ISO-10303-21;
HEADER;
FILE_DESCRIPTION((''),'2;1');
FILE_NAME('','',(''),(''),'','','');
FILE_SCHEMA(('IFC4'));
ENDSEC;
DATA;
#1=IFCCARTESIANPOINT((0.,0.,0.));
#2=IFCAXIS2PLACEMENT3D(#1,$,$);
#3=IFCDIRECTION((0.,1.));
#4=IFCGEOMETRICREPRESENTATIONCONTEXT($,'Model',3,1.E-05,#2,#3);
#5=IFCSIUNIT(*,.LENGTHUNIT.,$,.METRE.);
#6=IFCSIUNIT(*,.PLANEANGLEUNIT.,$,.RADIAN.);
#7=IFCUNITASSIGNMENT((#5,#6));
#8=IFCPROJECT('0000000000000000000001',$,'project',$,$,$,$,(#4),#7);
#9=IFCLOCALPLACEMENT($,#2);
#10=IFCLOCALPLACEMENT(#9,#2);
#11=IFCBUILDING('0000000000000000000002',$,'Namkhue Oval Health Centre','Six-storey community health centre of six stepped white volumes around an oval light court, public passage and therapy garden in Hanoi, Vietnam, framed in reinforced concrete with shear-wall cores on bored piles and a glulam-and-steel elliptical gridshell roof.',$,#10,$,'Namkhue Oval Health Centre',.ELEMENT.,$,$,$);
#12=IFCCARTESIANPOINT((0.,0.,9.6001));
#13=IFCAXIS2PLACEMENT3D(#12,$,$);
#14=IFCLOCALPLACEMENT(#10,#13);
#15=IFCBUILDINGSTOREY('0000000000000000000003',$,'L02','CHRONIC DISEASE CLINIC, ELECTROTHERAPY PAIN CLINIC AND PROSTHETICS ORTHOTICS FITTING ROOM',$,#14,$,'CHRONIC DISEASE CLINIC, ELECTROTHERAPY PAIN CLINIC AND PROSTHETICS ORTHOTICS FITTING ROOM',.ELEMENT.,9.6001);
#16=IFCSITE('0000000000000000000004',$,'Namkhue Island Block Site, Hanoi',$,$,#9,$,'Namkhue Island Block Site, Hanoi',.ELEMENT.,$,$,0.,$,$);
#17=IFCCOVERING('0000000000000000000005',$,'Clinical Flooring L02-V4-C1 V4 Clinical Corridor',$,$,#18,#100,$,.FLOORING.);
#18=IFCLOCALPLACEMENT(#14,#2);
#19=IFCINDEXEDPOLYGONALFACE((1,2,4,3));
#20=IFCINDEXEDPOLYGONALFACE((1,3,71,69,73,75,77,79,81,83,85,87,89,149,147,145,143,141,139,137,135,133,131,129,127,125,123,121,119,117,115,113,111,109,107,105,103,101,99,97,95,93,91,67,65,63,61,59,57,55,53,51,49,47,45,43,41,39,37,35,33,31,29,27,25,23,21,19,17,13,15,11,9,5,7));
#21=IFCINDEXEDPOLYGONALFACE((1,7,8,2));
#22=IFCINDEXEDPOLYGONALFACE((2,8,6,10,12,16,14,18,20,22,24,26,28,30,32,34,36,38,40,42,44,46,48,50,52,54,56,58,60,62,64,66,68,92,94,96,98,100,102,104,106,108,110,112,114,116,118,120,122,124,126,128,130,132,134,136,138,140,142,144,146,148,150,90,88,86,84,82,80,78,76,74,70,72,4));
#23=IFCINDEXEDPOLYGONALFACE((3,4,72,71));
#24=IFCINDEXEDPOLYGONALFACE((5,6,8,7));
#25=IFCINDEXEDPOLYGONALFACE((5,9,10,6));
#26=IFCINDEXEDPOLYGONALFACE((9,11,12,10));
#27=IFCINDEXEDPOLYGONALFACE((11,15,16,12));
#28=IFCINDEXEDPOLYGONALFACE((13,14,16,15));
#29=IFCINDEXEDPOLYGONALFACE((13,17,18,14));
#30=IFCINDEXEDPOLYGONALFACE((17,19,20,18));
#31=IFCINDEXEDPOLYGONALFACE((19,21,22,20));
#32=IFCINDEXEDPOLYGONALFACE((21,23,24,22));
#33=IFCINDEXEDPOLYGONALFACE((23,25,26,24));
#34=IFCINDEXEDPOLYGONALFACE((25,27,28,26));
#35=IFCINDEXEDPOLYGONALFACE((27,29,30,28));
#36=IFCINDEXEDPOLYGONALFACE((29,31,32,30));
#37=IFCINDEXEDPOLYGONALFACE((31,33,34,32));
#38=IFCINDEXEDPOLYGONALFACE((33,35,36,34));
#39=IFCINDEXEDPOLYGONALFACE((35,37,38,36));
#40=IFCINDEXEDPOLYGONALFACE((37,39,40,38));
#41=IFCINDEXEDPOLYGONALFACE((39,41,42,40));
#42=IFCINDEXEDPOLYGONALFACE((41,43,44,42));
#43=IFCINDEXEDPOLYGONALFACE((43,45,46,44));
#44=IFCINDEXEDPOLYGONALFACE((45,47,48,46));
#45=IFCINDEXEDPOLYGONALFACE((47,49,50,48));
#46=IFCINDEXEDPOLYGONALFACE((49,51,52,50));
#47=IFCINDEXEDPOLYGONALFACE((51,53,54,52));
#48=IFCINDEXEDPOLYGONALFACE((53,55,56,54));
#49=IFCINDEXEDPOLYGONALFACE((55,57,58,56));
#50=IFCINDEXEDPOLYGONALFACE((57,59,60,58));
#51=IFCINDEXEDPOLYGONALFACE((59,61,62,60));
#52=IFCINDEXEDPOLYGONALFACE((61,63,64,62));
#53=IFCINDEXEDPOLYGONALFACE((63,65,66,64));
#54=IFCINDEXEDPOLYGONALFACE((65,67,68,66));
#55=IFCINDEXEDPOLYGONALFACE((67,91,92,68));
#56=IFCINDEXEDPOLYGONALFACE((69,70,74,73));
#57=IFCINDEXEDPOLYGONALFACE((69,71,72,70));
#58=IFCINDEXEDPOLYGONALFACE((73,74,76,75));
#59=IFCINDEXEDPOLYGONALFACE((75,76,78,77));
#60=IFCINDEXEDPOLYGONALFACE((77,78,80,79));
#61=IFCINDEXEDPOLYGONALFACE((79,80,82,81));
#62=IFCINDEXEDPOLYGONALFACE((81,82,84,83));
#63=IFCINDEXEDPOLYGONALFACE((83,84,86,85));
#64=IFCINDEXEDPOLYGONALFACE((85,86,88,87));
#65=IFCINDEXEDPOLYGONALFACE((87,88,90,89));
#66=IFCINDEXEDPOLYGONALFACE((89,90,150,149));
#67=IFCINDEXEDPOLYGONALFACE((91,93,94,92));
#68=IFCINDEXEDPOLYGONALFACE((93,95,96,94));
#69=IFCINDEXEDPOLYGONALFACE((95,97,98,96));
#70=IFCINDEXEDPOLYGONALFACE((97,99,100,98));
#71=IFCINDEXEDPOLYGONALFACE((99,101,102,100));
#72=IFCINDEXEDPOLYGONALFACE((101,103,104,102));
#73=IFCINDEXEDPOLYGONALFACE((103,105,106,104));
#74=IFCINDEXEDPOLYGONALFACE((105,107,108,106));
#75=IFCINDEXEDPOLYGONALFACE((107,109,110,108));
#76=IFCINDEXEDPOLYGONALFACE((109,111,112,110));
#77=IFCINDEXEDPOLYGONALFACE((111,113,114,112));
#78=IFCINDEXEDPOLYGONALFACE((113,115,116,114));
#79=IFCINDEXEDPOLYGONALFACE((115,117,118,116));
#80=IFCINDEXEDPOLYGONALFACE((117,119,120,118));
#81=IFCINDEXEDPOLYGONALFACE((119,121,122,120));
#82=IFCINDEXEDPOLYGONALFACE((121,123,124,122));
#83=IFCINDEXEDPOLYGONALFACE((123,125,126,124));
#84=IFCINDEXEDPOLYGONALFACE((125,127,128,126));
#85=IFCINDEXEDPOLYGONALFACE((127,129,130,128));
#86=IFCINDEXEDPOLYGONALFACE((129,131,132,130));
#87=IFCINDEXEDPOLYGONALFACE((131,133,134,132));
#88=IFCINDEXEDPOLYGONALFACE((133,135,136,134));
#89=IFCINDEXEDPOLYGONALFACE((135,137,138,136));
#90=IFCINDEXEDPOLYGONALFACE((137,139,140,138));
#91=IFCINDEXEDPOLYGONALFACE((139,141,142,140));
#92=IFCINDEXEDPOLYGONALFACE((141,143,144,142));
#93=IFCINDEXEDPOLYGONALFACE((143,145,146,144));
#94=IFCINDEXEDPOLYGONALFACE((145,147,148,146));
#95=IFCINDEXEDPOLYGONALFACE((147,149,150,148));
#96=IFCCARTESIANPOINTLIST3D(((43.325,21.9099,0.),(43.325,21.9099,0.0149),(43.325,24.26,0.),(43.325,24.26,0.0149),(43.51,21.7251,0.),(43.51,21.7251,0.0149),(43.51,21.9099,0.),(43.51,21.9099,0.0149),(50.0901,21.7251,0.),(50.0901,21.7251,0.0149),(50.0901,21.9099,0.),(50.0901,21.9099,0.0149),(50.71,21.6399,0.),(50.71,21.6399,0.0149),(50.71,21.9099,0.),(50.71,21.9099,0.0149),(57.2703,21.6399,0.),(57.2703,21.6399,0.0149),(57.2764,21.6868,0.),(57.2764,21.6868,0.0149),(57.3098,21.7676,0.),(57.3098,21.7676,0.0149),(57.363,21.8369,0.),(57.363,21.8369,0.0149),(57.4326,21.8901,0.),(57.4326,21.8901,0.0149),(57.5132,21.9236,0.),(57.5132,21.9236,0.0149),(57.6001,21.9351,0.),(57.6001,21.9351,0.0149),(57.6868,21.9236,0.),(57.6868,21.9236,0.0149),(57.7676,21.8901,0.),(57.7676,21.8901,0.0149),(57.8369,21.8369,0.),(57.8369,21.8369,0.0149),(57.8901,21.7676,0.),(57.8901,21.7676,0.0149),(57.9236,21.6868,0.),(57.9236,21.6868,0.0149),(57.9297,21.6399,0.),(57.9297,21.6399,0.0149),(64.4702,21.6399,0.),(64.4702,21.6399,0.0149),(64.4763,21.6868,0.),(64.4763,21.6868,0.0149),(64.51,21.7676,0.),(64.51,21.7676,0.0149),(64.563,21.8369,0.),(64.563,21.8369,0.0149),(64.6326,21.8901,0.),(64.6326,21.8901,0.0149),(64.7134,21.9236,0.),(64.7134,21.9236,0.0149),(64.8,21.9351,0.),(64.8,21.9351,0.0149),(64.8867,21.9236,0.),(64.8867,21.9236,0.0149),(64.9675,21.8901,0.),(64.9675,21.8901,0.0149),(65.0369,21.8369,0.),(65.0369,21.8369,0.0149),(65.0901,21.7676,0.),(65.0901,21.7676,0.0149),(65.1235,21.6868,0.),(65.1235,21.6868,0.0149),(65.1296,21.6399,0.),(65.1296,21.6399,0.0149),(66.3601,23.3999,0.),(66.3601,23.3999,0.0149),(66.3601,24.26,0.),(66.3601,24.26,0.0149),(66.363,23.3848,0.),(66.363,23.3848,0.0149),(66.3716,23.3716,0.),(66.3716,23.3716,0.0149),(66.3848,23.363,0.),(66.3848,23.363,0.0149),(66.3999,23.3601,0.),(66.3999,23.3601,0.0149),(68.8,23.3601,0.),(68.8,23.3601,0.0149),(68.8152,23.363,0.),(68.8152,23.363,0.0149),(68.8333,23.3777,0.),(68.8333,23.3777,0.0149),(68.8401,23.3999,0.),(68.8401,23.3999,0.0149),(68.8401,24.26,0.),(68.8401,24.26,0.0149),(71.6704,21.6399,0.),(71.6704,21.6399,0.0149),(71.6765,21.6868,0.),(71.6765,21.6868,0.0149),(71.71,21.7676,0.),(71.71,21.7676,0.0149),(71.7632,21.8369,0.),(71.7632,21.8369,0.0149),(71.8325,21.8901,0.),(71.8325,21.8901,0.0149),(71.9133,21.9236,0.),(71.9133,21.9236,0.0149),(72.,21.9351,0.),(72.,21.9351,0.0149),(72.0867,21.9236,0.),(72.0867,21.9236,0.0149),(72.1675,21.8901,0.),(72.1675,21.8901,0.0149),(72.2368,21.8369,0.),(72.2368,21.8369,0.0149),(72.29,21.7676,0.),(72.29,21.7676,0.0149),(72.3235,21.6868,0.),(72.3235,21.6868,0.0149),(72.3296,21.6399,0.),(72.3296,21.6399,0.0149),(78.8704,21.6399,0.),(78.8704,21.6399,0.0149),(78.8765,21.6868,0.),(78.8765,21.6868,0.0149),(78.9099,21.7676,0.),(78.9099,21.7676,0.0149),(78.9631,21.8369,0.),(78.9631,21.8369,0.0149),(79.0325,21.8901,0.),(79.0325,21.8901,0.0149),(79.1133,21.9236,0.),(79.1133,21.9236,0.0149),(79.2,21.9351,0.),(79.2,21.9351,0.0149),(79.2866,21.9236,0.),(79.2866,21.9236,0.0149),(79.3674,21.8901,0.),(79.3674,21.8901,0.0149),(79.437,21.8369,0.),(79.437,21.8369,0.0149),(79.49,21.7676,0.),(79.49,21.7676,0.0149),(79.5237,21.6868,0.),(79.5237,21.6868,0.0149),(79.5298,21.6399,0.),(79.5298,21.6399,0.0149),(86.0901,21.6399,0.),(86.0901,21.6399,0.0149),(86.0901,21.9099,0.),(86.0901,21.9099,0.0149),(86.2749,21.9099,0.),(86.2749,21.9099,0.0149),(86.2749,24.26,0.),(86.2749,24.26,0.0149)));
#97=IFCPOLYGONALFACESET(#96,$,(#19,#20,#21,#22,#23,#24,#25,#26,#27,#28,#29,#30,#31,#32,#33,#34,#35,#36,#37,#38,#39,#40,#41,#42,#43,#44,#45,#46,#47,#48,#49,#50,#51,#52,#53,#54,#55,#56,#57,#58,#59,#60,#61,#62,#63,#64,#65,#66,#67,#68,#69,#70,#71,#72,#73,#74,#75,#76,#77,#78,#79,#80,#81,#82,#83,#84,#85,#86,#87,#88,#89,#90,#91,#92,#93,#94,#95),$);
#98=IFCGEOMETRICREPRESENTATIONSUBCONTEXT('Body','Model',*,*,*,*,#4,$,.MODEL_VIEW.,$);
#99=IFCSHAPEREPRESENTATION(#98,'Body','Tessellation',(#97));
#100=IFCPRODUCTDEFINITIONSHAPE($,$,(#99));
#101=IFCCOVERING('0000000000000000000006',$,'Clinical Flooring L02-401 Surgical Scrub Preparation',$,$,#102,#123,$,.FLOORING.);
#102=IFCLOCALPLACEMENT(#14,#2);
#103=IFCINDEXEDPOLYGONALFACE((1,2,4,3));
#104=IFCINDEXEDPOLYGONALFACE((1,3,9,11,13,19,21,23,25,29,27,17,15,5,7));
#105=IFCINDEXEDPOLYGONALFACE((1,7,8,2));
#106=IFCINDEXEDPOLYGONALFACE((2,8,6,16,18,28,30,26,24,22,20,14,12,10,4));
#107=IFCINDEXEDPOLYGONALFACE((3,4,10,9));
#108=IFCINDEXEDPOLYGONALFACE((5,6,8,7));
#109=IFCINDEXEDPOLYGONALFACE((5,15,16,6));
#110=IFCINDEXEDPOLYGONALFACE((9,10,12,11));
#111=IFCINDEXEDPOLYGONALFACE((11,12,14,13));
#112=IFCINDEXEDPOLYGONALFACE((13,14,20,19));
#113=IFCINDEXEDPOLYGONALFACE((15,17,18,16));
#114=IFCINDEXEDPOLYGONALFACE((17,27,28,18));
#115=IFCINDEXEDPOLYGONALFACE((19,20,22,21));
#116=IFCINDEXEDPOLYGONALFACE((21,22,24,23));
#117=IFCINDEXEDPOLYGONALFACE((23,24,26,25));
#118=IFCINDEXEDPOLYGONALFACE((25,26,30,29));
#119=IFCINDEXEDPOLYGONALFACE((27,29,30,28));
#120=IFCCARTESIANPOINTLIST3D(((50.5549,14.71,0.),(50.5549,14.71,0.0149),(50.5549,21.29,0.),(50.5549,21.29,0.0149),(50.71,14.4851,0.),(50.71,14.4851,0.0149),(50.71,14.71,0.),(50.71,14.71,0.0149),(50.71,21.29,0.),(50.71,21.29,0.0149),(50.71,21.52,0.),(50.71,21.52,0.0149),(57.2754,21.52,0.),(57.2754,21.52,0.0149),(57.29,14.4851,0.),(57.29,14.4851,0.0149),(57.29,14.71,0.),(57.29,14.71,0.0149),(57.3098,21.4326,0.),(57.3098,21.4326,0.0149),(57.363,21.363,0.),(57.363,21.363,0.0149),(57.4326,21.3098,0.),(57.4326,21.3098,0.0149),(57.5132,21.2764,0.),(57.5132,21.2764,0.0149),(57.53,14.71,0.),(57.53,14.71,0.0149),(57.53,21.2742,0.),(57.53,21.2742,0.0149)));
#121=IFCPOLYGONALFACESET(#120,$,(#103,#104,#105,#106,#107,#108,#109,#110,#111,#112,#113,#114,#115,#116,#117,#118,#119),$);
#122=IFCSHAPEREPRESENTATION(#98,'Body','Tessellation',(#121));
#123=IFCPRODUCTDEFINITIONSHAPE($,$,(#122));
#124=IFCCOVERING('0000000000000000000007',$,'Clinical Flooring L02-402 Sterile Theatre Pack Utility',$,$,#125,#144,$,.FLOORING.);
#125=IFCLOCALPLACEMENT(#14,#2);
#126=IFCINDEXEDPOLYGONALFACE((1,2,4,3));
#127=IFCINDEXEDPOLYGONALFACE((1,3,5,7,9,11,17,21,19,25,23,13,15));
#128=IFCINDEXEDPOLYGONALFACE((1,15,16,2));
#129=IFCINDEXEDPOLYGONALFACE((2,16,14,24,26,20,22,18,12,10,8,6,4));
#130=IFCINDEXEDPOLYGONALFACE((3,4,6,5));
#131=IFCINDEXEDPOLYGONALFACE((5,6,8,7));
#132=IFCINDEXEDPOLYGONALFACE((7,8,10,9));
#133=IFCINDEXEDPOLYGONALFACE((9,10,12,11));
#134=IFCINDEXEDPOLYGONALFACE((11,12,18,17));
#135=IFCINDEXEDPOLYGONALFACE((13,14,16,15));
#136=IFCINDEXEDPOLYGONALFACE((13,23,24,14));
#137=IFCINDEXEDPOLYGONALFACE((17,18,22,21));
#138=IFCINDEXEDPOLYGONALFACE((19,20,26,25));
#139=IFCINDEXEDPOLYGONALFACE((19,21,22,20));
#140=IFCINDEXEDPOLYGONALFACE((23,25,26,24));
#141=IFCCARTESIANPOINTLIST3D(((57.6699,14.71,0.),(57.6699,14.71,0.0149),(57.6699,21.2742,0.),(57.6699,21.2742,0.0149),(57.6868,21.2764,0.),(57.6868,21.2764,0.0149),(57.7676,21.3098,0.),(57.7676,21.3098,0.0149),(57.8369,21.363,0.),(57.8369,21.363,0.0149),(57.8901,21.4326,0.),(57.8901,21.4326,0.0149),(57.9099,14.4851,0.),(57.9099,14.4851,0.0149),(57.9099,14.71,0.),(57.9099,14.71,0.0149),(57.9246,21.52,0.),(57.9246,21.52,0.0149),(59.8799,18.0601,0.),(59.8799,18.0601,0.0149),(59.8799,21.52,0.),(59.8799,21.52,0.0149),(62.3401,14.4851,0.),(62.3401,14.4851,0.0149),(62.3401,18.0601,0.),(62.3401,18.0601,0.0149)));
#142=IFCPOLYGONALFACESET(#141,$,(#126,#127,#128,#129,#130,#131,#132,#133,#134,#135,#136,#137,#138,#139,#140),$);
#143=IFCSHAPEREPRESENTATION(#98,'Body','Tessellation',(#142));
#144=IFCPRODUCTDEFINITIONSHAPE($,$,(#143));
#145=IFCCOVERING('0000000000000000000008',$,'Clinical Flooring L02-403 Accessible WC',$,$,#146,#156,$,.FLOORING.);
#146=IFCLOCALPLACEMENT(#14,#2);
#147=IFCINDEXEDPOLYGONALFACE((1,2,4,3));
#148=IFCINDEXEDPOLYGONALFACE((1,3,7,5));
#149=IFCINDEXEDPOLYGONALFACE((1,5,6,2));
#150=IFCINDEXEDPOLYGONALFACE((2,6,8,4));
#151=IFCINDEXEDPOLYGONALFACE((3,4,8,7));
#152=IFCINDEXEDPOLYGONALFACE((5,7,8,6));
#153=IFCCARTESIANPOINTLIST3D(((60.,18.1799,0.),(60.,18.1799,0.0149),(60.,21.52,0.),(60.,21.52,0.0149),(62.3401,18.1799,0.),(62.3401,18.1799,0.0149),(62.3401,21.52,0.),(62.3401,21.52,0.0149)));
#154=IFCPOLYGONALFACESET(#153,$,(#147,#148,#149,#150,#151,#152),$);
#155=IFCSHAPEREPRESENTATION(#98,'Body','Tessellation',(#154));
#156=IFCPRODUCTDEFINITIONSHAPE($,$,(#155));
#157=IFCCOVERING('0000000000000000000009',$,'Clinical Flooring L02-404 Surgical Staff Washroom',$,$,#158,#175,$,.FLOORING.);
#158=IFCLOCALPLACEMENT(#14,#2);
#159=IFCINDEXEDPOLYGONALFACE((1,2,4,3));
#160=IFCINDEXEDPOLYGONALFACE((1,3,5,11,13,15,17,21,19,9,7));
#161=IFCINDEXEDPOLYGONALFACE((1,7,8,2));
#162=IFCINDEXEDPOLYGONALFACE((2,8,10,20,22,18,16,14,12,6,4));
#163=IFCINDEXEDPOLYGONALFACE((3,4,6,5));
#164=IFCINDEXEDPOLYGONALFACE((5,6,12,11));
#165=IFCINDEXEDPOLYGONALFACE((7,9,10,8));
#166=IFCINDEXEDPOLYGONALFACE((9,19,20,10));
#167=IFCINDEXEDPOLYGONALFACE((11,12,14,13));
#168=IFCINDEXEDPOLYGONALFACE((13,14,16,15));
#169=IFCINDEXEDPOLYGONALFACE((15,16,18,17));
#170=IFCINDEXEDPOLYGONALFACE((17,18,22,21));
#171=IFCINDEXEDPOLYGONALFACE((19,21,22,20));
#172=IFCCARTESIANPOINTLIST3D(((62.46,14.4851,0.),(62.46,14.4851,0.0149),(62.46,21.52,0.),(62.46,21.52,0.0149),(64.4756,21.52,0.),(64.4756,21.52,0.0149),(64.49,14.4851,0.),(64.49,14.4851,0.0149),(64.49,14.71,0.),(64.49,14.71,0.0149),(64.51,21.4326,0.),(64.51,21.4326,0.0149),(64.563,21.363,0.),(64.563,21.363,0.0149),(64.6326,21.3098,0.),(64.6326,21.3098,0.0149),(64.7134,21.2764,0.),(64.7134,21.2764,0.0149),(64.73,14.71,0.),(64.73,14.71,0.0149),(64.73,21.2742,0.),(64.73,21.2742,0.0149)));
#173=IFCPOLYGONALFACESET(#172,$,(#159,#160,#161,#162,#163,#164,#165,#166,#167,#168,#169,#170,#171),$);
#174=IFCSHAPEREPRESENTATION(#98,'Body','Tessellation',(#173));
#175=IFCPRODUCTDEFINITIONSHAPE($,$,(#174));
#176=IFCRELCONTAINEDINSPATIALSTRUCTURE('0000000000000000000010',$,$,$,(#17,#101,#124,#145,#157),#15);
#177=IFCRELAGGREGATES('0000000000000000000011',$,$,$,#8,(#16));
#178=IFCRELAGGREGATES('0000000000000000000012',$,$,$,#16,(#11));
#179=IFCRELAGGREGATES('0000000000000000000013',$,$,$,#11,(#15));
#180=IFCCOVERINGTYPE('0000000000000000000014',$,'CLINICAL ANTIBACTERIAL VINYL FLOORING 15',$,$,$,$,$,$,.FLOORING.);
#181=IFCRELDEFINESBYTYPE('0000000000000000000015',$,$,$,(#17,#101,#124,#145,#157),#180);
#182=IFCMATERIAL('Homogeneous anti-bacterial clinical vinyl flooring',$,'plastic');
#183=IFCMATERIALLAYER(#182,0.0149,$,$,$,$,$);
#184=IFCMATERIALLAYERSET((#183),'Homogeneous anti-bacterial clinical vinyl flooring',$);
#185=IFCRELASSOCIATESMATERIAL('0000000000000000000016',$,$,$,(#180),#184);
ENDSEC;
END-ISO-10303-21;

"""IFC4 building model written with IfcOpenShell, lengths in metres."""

from ifc_helpers import new_model, si_unit, direction, frame, origin, place, context, subcontext, project, spatial, polyline, outline, extrude, material, layer, layer_set, type_object, element, save


model = new_model("IFC4")

# Units and contexts
model_context = context("Model", 3, precision=1e-05, world=origin(), true_north=direction((0.0, 1.0)))
body_context = subcontext(model_context, "Body", "Model", "MODEL_VIEW")
ifc_project = project(units=[si_unit("LENGTHUNIT", "METRE"), si_unit("PLANEANGLEUNIT", "RADIAN")], contexts=[model_context])

# Site, building, storey
site_placement = place(None, origin())
site = spatial("IfcSite", under=ifc_project, at=site_placement, Name="Namkhue Island Block Site, Hanoi", LongName="Namkhue Island Block Site, Hanoi", CompositionType="ELEMENT", RefElevation=0.0)
building_placement = place(site_placement, origin())
building = spatial("IfcBuilding", under=site, at=building_placement, Name="Namkhue Oval Health Centre", Description="Six-storey community health centre of six stepped white volumes around an oval light court, public passage and therapy garden in Hanoi, Vietnam, framed in reinforced concrete with shear-wall cores on bored piles and a glulam-and-steel elliptical gridshell roof.", LongName="Namkhue Oval Health Centre", CompositionType="ELEMENT")
storey_placement = place(building_placement, frame((0.0, 0.0, 9.6001)))
storey = spatial("IfcBuildingStorey", under=building, at=storey_placement, Name="L02", Description="CHRONIC DISEASE CLINIC, ELECTROTHERAPY PAIN CLINIC AND PROSTHETICS ORTHOTICS FITTING ROOM", LongName="CHRONIC DISEASE CLINIC, ELECTROTHERAPY PAIN CLINIC AND PROSTHETICS ORTHOTICS FITTING ROOM", CompositionType="ELEMENT", Elevation=9.6001)

# Coverings
ifc_material = material(Name="Homogeneous anti-bacterial clinical vinyl flooring", Category="plastic")
ifc_layer = layer(ifc_material, 0.0149)
ifc_layer_set = layer_set([ifc_layer], Name="Homogeneous anti-bacterial clinical vinyl flooring")
covering_type = type_object("IfcCoveringType", Name="CLINICAL ANTIBACTERIAL VINYL FLOORING 15", PredefinedType="FLOORING", material=ifc_layer_set)
covering_1_placement = place(storey_placement, origin())
element("IfcCovering", 1, at=covering_1_placement, inside=storey, type_object=covering_type, Name="Clinical Flooring L02-V4-C1 V4 Clinical Corridor", PredefinedType="FLOORING", context=body_context, shape_type="SweptSolid", body=[
    extrude(outline(polyline([(43.51, 21.7251), (43.51, 21.9099), (43.325, 21.9099), (43.325, 24.26), (66.3601, 24.26), (66.3601, 23.3999), (66.363, 23.3848), (66.3716, 23.3716), (66.3848, 23.363), (66.3999, 23.3601), (68.8, 23.3601), (68.8152, 23.363), (68.8333, 23.3777), (68.8401, 23.3999), (68.8401, 24.26), (86.2749, 24.26), (86.2749, 21.9099), (86.0901, 21.9099), (86.0901, 21.6399), (79.5298, 21.6399), (79.5237, 21.6868), (79.49, 21.7676), (79.437, 21.8369), (79.3674, 21.8901), (79.2866, 21.9236), (79.2, 21.9351), (79.1133, 21.9236), (79.0325, 21.8901), (78.9631, 21.8369), (78.9099, 21.7676), (78.8765, 21.6868), (78.8704, 21.6399), (72.3296, 21.6399), (72.3235, 21.6868), (72.29, 21.7676), (72.2368, 21.8369), (72.1675, 21.8901), (72.0867, 21.9236), (72.0, 21.9351), (71.9133, 21.9236), (71.8325, 21.8901), (71.7632, 21.8369), (71.71, 21.7676), (71.6765, 21.6868), (71.6704, 21.6399), (65.1296, 21.6399), (65.1235, 21.6868), (65.0901, 21.7676), (65.0369, 21.8369), (64.9675, 21.8901), (64.8867, 21.9236), (64.8, 21.9351), (64.7134, 21.9236), (64.6326, 21.8901), (64.563, 21.8369), (64.51, 21.7676), (64.4763, 21.6868), (64.4702, 21.6399), (57.9297, 21.6399), (57.9236, 21.6868), (57.8901, 21.7676), (57.8369, 21.8369), (57.7676, 21.8901), (57.6868, 21.9236), (57.6001, 21.9351), (57.5132, 21.9236), (57.4326, 21.8901), (57.363, 21.8369), (57.3098, 21.7676), (57.2764, 21.6868), (57.2703, 21.6399), (50.71, 21.6399), (50.71, 21.9099), (50.0901, 21.9099), (50.0901, 21.7251), (43.51, 21.7251)])), origin(), (0.0, 0.0, 1.0), 0.0149),
])
covering_2_placement = place(storey_placement, origin())
element("IfcCovering", 2, at=covering_2_placement, inside=storey, type_object=covering_type, Name="Clinical Flooring L02-401 Surgical Scrub Preparation", PredefinedType="FLOORING", context=body_context, shape_type="SweptSolid", body=[
    extrude(outline(polyline([(50.71, 14.4851), (50.71, 14.71), (50.5549, 14.71), (50.5549, 21.29), (50.71, 21.29), (50.71, 21.52), (57.2754, 21.52), (57.3098, 21.4326), (57.363, 21.363), (57.4326, 21.3098), (57.5132, 21.2764), (57.53, 21.2742), (57.53, 14.71), (57.29, 14.71), (57.29, 14.4851), (50.71, 14.4851)])), origin(), (0.0, 0.0, 1.0), 0.0149),
])
covering_3_placement = place(storey_placement, origin())
element("IfcCovering", 3, at=covering_3_placement, inside=storey, type_object=covering_type, Name="Clinical Flooring L02-402 Sterile Theatre Pack Utility", PredefinedType="FLOORING", context=body_context, shape_type="SweptSolid", body=[
    extrude(outline(polyline([(59.8799, 21.52), (59.8799, 18.0601), (62.3401, 18.0601), (62.3401, 14.4851), (57.9099, 14.4851), (57.9099, 14.71), (57.6699, 14.71), (57.6699, 21.2742), (57.6868, 21.2764), (57.7676, 21.3098), (57.8369, 21.363), (57.8901, 21.4326), (57.9246, 21.52), (59.8799, 21.52)])), origin(), (0.0, 0.0, 1.0), 0.0149),
])
covering_4_placement = place(storey_placement, origin())
element("IfcCovering", 4, at=covering_4_placement, inside=storey, type_object=covering_type, Name="Clinical Flooring L02-403 Accessible WC", PredefinedType="FLOORING", context=body_context, shape_type="SweptSolid", body=[
    extrude(outline(polyline([(60.0, 18.1799), (60.0, 21.52), (62.3401, 21.52), (62.3401, 18.1799), (60.0, 18.1799)])), origin(), (0.0, 0.0, 1.0), 0.0149),
])
covering_5_placement = place(storey_placement, origin())
element("IfcCovering", 5, at=covering_5_placement, inside=storey, type_object=covering_type, Name="Clinical Flooring L02-404 Surgical Staff Washroom", PredefinedType="FLOORING", context=body_context, shape_type="SweptSolid", body=[
    extrude(outline(polyline([(62.46, 14.4851), (62.46, 21.52), (64.4756, 21.52), (64.51, 21.4326), (64.563, 21.363), (64.6326, 21.3098), (64.7134, 21.2764), (64.73, 21.2742), (64.73, 14.71), (64.49, 14.71), (64.49, 14.4851), (62.46, 14.4851)])), origin(), (0.0, 0.0, 1.0), 0.0149),
])

save(model, "model.ifc")
